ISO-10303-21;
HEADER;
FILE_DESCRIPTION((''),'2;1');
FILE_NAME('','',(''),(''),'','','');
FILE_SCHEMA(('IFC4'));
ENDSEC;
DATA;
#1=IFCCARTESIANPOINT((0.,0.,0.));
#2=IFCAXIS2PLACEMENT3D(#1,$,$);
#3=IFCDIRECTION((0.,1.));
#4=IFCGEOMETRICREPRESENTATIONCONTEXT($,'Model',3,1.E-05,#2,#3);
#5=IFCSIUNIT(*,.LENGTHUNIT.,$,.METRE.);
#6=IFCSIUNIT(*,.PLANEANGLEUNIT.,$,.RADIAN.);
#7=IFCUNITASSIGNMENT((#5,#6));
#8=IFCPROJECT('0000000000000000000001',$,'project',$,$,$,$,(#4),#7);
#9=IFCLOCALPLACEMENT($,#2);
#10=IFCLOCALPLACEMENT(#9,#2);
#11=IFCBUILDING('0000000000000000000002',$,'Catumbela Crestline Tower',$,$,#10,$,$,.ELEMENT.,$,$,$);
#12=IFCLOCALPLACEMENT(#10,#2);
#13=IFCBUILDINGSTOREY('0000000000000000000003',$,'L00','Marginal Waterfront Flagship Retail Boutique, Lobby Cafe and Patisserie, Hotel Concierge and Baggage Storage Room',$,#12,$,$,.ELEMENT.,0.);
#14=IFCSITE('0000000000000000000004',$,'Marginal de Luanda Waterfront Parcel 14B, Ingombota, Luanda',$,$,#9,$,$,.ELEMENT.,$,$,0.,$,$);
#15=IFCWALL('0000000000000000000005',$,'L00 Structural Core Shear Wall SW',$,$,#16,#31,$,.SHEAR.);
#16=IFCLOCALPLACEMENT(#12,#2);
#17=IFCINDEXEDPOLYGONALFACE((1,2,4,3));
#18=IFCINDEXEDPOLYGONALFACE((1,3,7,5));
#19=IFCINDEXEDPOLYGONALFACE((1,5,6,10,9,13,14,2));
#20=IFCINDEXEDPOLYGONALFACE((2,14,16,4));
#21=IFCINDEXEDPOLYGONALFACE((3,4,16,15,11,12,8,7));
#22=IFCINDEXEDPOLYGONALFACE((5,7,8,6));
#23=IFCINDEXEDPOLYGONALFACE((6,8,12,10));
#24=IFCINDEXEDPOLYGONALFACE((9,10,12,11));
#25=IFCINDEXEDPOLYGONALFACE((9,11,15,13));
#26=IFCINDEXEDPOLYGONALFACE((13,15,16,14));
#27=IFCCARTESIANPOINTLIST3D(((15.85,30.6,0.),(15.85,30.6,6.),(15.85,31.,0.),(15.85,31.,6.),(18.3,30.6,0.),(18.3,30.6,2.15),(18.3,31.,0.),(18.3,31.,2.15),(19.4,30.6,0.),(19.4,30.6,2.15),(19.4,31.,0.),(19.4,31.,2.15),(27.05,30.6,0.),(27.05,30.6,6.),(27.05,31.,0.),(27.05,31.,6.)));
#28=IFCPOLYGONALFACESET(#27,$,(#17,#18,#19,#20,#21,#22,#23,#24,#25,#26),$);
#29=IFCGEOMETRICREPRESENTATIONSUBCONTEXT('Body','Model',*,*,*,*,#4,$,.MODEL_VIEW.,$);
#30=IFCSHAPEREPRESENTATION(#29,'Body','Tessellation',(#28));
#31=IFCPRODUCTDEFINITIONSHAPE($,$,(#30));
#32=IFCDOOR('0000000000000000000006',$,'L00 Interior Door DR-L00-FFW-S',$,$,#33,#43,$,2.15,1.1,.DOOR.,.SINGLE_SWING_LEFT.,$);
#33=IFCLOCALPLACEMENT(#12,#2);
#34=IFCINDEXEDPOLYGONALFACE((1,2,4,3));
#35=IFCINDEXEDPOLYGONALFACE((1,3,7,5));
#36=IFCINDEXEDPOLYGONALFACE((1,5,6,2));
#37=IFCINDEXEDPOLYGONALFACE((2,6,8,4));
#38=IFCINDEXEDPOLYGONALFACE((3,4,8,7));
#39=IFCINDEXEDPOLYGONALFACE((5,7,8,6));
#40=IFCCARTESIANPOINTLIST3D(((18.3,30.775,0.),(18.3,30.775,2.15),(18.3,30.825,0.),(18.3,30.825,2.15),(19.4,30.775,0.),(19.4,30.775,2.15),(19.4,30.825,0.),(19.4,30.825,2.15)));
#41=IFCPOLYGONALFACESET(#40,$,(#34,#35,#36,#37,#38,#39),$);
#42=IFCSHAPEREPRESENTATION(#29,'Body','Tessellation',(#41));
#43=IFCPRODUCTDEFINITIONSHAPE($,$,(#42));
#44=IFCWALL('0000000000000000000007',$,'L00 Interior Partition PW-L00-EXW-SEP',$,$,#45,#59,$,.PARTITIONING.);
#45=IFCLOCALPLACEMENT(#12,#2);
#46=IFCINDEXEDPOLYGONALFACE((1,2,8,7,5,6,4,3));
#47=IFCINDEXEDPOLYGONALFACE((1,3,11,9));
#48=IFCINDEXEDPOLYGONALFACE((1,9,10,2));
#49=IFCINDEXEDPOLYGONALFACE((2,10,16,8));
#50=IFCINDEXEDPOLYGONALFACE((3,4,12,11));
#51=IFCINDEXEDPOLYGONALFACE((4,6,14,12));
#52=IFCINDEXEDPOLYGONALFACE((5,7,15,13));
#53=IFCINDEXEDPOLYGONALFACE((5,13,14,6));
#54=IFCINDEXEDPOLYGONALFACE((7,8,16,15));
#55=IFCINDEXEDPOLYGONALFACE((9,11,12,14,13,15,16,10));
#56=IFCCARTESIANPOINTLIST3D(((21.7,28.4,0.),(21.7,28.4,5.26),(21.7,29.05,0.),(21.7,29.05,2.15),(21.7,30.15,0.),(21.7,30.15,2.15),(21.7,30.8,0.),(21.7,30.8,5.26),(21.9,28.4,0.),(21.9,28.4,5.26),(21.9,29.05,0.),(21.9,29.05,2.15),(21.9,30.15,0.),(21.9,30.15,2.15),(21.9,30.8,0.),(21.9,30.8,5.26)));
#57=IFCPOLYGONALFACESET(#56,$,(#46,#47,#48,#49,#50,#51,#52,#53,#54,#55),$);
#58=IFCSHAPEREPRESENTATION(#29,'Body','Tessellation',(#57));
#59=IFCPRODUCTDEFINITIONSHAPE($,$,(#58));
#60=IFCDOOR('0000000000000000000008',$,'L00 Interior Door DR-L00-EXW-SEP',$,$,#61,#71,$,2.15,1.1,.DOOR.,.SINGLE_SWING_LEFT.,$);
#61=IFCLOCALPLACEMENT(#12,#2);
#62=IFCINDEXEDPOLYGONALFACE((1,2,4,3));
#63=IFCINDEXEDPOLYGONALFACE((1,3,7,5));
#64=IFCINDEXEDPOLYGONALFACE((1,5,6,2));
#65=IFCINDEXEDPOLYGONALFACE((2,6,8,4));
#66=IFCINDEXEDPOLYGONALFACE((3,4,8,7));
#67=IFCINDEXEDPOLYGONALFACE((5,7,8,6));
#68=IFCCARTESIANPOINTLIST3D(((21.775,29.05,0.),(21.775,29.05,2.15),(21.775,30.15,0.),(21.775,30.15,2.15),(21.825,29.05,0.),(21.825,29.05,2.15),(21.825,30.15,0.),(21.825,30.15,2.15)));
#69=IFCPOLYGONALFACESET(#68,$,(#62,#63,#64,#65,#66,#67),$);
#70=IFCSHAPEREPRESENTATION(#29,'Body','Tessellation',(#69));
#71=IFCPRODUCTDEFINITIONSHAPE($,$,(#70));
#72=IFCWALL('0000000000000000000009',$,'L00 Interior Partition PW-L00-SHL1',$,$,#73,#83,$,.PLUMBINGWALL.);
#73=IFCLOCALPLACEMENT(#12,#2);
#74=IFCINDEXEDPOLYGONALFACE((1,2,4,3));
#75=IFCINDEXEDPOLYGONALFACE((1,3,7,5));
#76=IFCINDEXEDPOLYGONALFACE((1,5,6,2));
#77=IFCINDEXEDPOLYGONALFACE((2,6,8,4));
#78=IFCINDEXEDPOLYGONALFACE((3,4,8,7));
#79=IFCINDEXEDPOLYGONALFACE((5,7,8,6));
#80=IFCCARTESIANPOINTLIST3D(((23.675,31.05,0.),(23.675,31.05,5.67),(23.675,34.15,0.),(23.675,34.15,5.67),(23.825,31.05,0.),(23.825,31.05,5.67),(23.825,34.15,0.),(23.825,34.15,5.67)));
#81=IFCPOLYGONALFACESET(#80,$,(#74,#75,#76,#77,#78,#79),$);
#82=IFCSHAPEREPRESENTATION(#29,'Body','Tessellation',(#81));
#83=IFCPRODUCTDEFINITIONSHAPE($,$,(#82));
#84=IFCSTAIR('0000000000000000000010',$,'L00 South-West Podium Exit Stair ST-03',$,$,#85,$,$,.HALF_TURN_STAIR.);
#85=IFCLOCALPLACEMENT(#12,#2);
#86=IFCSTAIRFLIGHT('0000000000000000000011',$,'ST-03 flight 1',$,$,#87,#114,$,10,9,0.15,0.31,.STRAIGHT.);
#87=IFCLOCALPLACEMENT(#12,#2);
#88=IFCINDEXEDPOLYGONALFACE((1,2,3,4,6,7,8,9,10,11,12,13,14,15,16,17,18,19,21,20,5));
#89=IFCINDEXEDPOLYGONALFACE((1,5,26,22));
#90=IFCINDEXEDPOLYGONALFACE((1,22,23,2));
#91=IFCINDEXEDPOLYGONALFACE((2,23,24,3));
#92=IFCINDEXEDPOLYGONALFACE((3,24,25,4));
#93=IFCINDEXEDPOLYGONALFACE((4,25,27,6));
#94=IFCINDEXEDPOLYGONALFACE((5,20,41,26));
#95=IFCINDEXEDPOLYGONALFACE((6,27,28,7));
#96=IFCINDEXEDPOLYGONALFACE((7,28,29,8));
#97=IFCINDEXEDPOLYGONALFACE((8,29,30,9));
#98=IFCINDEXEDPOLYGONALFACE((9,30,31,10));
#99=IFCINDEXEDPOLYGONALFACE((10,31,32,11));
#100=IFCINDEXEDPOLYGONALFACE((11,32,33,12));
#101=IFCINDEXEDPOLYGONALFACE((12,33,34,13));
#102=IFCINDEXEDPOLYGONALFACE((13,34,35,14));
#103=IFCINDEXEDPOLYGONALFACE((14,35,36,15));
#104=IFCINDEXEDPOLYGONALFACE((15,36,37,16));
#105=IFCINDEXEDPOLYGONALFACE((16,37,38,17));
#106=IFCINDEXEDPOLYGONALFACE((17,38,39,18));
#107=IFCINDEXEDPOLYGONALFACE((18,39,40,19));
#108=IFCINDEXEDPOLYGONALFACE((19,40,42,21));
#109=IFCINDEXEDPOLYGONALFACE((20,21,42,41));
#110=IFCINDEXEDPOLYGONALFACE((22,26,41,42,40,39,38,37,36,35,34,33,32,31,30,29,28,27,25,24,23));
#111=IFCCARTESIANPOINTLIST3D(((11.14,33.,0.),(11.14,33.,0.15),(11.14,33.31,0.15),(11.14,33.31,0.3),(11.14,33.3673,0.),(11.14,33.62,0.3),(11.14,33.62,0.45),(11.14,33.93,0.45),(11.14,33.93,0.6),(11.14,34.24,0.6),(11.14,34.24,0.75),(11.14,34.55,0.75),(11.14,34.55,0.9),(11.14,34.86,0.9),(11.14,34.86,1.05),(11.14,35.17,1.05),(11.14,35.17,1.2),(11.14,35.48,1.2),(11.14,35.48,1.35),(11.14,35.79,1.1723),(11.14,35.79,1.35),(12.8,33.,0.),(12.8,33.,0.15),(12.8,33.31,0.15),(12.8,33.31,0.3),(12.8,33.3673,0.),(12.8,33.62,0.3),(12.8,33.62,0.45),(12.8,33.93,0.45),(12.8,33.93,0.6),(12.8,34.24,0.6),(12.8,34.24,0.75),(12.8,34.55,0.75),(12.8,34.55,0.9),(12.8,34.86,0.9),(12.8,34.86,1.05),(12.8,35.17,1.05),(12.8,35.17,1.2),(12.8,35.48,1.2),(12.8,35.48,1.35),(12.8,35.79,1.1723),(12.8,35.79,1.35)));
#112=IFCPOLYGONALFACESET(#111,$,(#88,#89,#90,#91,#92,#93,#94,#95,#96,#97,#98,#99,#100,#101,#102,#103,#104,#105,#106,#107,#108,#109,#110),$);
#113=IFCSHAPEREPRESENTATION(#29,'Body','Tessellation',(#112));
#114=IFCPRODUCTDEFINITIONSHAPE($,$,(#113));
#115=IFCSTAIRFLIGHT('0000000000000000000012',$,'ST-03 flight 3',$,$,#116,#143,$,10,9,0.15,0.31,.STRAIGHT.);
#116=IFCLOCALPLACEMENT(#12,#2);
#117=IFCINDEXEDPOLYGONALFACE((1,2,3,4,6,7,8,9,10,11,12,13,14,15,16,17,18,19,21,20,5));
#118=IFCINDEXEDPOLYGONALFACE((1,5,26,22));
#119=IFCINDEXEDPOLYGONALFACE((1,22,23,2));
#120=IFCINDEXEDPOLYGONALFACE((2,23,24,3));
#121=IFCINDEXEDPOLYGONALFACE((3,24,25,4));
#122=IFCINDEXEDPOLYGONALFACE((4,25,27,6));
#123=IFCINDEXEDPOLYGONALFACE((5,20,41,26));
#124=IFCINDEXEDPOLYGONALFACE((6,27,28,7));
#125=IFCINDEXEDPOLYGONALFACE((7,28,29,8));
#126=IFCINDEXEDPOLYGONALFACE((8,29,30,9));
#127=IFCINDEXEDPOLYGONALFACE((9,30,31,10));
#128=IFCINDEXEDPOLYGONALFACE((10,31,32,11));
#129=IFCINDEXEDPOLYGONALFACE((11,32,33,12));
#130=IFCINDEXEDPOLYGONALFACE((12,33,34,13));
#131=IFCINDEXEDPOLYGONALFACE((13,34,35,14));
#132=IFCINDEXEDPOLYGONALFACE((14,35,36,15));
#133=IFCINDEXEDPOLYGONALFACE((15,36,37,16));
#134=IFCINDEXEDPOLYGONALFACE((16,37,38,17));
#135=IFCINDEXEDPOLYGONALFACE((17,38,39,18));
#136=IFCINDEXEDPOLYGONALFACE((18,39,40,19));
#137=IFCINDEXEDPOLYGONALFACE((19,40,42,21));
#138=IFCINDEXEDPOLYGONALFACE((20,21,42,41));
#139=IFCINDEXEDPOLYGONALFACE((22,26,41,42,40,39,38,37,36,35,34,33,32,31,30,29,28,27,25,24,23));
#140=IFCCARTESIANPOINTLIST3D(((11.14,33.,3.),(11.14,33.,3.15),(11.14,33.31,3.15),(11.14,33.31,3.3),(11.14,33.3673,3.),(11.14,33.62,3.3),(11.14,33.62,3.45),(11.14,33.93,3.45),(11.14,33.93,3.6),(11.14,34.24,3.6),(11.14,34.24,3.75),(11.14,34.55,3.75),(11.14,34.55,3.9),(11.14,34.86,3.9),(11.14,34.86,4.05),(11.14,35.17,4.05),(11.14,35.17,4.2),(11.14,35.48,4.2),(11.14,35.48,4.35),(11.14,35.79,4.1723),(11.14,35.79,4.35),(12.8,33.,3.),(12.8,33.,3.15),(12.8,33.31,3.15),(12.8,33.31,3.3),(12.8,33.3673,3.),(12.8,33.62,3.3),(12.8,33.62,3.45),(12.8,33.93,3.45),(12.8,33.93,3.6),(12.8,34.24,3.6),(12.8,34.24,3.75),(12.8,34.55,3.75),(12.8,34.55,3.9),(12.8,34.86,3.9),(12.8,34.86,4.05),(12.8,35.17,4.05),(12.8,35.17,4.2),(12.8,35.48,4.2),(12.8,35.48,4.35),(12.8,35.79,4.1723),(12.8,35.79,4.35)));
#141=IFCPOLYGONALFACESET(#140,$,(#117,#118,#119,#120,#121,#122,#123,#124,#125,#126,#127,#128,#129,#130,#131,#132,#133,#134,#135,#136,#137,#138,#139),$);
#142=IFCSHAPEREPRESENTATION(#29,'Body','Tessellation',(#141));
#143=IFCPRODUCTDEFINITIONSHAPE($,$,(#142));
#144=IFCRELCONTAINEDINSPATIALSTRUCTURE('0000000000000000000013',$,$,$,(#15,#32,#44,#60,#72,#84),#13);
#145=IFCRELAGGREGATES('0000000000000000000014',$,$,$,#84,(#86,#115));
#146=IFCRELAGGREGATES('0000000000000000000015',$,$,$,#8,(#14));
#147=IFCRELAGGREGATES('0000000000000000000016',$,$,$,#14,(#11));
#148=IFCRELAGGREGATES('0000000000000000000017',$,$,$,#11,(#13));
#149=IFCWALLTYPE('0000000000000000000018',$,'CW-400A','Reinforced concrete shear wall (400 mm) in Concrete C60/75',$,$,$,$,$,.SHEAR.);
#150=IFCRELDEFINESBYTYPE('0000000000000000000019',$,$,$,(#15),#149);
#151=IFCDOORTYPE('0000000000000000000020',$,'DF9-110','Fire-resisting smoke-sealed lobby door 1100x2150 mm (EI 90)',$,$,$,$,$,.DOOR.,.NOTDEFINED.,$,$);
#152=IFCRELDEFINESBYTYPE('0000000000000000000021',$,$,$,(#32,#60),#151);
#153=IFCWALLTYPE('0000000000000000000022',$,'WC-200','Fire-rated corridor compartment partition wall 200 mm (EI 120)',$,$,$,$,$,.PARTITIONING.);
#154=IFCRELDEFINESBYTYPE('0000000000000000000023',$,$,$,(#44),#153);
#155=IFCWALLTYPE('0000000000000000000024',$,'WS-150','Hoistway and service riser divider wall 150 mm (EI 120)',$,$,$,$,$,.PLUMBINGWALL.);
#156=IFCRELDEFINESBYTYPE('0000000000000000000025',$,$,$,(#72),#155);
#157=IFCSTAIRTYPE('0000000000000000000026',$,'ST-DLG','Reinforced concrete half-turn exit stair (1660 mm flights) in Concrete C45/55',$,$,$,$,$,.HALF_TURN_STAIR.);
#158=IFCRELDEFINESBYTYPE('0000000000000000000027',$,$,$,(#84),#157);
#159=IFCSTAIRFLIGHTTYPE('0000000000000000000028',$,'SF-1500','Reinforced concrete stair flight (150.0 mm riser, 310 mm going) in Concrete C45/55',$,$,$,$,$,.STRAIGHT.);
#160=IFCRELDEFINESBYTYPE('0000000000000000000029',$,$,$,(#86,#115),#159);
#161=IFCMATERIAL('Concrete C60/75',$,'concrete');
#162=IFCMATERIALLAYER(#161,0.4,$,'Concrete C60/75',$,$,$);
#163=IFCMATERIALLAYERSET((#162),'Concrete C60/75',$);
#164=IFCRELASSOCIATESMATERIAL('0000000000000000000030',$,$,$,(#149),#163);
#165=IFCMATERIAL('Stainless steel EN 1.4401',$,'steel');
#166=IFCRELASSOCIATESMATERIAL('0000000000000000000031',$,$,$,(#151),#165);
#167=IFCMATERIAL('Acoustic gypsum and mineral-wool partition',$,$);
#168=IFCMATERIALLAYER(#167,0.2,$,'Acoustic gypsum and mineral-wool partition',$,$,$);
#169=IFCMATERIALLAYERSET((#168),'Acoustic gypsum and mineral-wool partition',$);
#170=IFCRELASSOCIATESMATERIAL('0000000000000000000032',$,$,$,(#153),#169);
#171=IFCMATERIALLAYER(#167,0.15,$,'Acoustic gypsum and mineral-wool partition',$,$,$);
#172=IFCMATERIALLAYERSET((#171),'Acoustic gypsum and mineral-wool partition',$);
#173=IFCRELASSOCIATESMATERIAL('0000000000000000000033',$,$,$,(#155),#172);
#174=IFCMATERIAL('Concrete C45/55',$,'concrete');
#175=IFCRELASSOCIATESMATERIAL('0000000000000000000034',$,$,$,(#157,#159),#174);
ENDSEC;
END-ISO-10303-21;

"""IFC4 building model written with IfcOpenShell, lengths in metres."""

from ifc_helpers import new_model, si_unit, direction, frame, frame_2d, origin, place, context, subcontext, project, spatial, polyline, rectangle, outline, extrude, material, layer, layer_set, type_object, element, fill, aggregate, save


model = new_model("IFC4")

# Units and contexts
model_context = context("Model", 3, precision=1e-05, world=origin(), true_north=direction((0.0, 1.0)))
body_context = subcontext(model_context, "Body", "Model", "MODEL_VIEW")
ifc_project = project(units=[si_unit("LENGTHUNIT", "METRE"), si_unit("PLANEANGLEUNIT", "RADIAN")], contexts=[model_context])

# Site, building, storey
site_placement = place(None, origin())
site = spatial("IfcSite", under=ifc_project, at=site_placement, Name="Marginal de Luanda Waterfront Parcel 14B, Ingombota, Luanda", CompositionType="ELEMENT", RefElevation=0.0)
building_placement = place(site_placement, origin())
building = spatial("IfcBuilding", under=site, at=building_placement, Name="Catumbela Crestline Tower", CompositionType="ELEMENT")
storey_placement = place(building_placement, origin())
storey = spatial("IfcBuildingStorey", under=building, at=storey_placement, Name="L00", Description="Marginal Waterfront Flagship Retail Boutique, Lobby Cafe and Patisserie, Hotel Concierge and Baggage Storage Room", CompositionType="ELEMENT", Elevation=0.0)

# Shared definitions
ifc_material_1 = material(Name="Concrete C60/75", Category="concrete")
ifc_layer_1 = layer(ifc_material_1, 0.4, Name="Concrete C60/75")
ifc_layer_set_1 = layer_set([ifc_layer_1], Name="Concrete C60/75")
wall_type_1 = type_object("IfcWallType", Name="CW-400A", Description="Reinforced concrete shear wall (400 mm) in Concrete C60/75", PredefinedType="SHEAR", material=ifc_layer_set_1)

# Walls, openings, doors
wall_1_placement = place(storey_placement, frame((15.85, 30.8, 0.0), z_axis=(0.0, 0.0, 1.0), x_axis=(1.0, 0.0, 0.0)))
wall_1 = element("IfcWall", 1, at=wall_1_placement, inside=storey, type_object=wall_type_1, Name="L00 Structural Core Shear Wall SW", PredefinedType="SHEAR", context=body_context, shape_type="SweptSolid", body=[
    extrude(rectangle(XDim=11.2, YDim=0.4, at=frame_2d((5.6, 0.0))), origin(), (0.0, 0.0, 1.0), 6.0),
])
opening_1_placement = place(wall_1_placement, frame((2.45, 0.0, 0.0)))
opening_1 = element("IfcOpeningElement", 2, at=opening_1_placement, cuts=wall_1, PredefinedType="OPENING", context=body_context, shape_type="SweptSolid", body=[
    extrude(rectangle(XDim=1.1, YDim=2.15, at=frame_2d((0.55, 1.075))), frame((0.0, 0.21, 0.0), z_axis=(0.0, -1.0, 0.0), x_axis=(1.0, 0.0, 0.0)), (0.0, 0.0, 1.0), 0.42),
])
ifc_material_2 = material(Name="Stainless steel EN 1.4401", Category="steel")
door_type = type_object("IfcDoorType", Name="DF9-110", Description="Fire-resisting smoke-sealed lobby door 1100x2150 mm (EI 90)", OperationType="NOTDEFINED", PredefinedType="DOOR", material=ifc_material_2)
door_1_placement = place(opening_1_placement, origin())
door_1 = element("IfcDoor", 3, at=door_1_placement, inside=storey, type_object=door_type, Name="L00 Interior Door DR-L00-FFW-S", OperationType="SINGLE_SWING_LEFT", OverallHeight=2.15, OverallWidth=1.1, PredefinedType="DOOR", context=body_context, shape_type="SweptSolid", body=[
    extrude(rectangle(XDim=1.1, YDim=2.15, at=frame_2d((0.55, 1.075))), frame((0.0, 0.025, 0.0), z_axis=(0.0, -1.0, 0.0), x_axis=(1.0, 0.0, 0.0)), (0.0, 0.0, 1.0), 0.05),
])
fill(opening_1, door_1)
ifc_material_3 = material(Name="Acoustic gypsum and mineral-wool partition")
ifc_layer_2 = layer(ifc_material_3, 0.2, Name="Acoustic gypsum and mineral-wool partition")
ifc_layer_set_2 = layer_set([ifc_layer_2], Name="Acoustic gypsum and mineral-wool partition")
wall_type_2 = type_object("IfcWallType", Name="WC-200", Description="Fire-rated corridor compartment partition wall 200 mm (EI 120)", PredefinedType="PARTITIONING", material=ifc_layer_set_2)
wall_2_placement = place(storey_placement, frame((21.8, 28.4, 0.0), z_axis=(0.0, 0.0, 1.0), x_axis=(0.0, 1.0, 0.0)))
wall_2 = element("IfcWall", 4, at=wall_2_placement, inside=storey, type_object=wall_type_2, Name="L00 Interior Partition PW-L00-EXW-SEP", PredefinedType="PARTITIONING", context=body_context, shape_type="SweptSolid", body=[
    extrude(rectangle(XDim=2.4, YDim=0.2, at=frame_2d((1.2, 0.0))), origin(), (0.0, 0.0, 1.0), 5.26),
])
opening_2_placement = place(wall_2_placement, frame((0.65, 0.0, 0.0)))
opening_2 = element("IfcOpeningElement", 5, at=opening_2_placement, cuts=wall_2, PredefinedType="OPENING", context=body_context, shape_type="SweptSolid", body=[
    extrude(rectangle(XDim=1.1, YDim=2.15, at=frame_2d((0.55, 1.075))), frame((0.0, 0.11, 0.0), z_axis=(0.0, -1.0, 0.0), x_axis=(1.0, 0.0, 0.0)), (0.0, 0.0, 1.0), 0.22),
])
door_2_placement = place(opening_2_placement, origin())
door_2 = element("IfcDoor", 6, at=door_2_placement, inside=storey, type_object=door_type, Name="L00 Interior Door DR-L00-EXW-SEP", OperationType="SINGLE_SWING_LEFT", OverallHeight=2.15, OverallWidth=1.1, PredefinedType="DOOR", context=body_context, shape_type="SweptSolid", body=[
    extrude(rectangle(XDim=1.1, YDim=2.15, at=frame_2d((0.55, 1.075))), frame((0.0, 0.025, 0.0), z_axis=(0.0, -1.0, 0.0), x_axis=(1.0, 0.0, 0.0)), (0.0, 0.0, 1.0), 0.05),
])
fill(opening_2, door_2)

# Wall
ifc_layer_3 = layer(ifc_material_3, 0.15, Name="Acoustic gypsum and mineral-wool partition")
ifc_layer_set_3 = layer_set([ifc_layer_3], Name="Acoustic gypsum and mineral-wool partition")
wall_type_3 = type_object("IfcWallType", Name="WS-150", Description="Hoistway and service riser divider wall 150 mm (EI 120)", PredefinedType="PLUMBINGWALL", material=ifc_layer_set_3)
wall_3_placement = place(storey_placement, frame((23.75, 31.05, 0.0), z_axis=(0.0, 0.0, 1.0), x_axis=(0.0, 1.0, 0.0)))
element("IfcWall", 7, at=wall_3_placement, inside=storey, type_object=wall_type_3, Name="L00 Interior Partition PW-L00-SHL1", PredefinedType="PLUMBINGWALL", context=body_context, shape_type="SweptSolid", body=[
    extrude(rectangle(XDim=3.1, YDim=0.15, at=frame_2d((1.55, 0.0))), origin(), (0.0, 0.0, 1.0), 5.67),
])

# Stair, stair flights
ifc_material_4 = material(Name="Concrete C45/55", Category="concrete")
stair_type = type_object("IfcStairType", Name="ST-DLG", Description="Reinforced concrete half-turn exit stair (1660 mm flights) in Concrete C45/55", PredefinedType="HALF_TURN_STAIR", material=ifc_material_4)
stair_placement = place(storey_placement, origin())
stair = element("IfcStair", 8, at=stair_placement, inside=storey, type_object=stair_type, Name="L00 South-West Podium Exit Stair ST-03", PredefinedType="HALF_TURN_STAIR")
stair_flight_type = type_object("IfcStairFlightType", Name="SF-1500", Description="Reinforced concrete stair flight (150.0 mm riser, 310 mm going) in Concrete C45/55", PredefinedType="STRAIGHT", material=ifc_material_4)
stair_flight_1_placement = place(storey_placement, frame((11.97, 33.0, 0.0), z_axis=(0.0, 0.0, 1.0), x_axis=(0.0, 1.0, 0.0)))
stair_flight_1 = element("IfcStairFlight", 9, at=stair_flight_1_placement, type_object=stair_flight_type, Name="ST-03 flight 1", NumberOfRisers=10, NumberOfTreads=9, PredefinedType="STRAIGHT", RiserHeight=0.15, TreadLength=0.31, context=body_context, shape_type="SweptSolid", body=[
    extrude(outline(polyline([(0.0, 0.0), (0.0, 0.15), (0.31, 0.15), (0.31, 0.3), (0.62, 0.3), (0.62, 0.45), (0.93, 0.45), (0.93, 0.6), (1.24, 0.6), (1.24, 0.75), (1.55, 0.75), (1.55, 0.9), (1.86, 0.9), (1.86, 1.05), (2.17, 1.05), (2.17, 1.2), (2.48, 1.2), (2.48, 1.35), (2.79, 1.35), (2.79, 1.5), (2.79, 1.1723), (0.3673, 0.0), (0.0, 0.0)])), frame((0.0, 0.83, 0.0), z_axis=(0.0, -1.0, 0.0), x_axis=(1.0, 0.0, 0.0)), (0.0, 0.0, 1.0), 1.66),
])
stair_flight_2_placement = place(storey_placement, frame((11.97, 33.0, 3.0), z_axis=(0.0, 0.0, 1.0), x_axis=(0.0, 1.0, 0.0)))
stair_flight_2 = element("IfcStairFlight", 10, at=stair_flight_2_placement, type_object=stair_flight_type, Name="ST-03 flight 3", NumberOfRisers=10, NumberOfTreads=9, PredefinedType="STRAIGHT", RiserHeight=0.15, TreadLength=0.31, context=body_context, shape_type="SweptSolid", body=[
    extrude(outline(polyline([(0.0, 0.0), (0.0, 0.15), (0.31, 0.15), (0.31, 0.3), (0.62, 0.3), (0.62, 0.45), (0.93, 0.45), (0.93, 0.6), (1.24, 0.6), (1.24, 0.75), (1.55, 0.75), (1.55, 0.9), (1.86, 0.9), (1.86, 1.05), (2.17, 1.05), (2.17, 1.2), (2.48, 1.2), (2.48, 1.35), (2.79, 1.35), (2.79, 1.5), (2.79, 1.1723), (0.3673, 0.0), (0.0, 0.0)])), frame((0.0, 0.83, 0.0), z_axis=(0.0, -1.0, 0.0), x_axis=(1.0, 0.0, 0.0)), (0.0, 0.0, 1.0), 1.66),
])
aggregate(stair, [stair_flight_1, stair_flight_2])

save(model, "model.ifc")
